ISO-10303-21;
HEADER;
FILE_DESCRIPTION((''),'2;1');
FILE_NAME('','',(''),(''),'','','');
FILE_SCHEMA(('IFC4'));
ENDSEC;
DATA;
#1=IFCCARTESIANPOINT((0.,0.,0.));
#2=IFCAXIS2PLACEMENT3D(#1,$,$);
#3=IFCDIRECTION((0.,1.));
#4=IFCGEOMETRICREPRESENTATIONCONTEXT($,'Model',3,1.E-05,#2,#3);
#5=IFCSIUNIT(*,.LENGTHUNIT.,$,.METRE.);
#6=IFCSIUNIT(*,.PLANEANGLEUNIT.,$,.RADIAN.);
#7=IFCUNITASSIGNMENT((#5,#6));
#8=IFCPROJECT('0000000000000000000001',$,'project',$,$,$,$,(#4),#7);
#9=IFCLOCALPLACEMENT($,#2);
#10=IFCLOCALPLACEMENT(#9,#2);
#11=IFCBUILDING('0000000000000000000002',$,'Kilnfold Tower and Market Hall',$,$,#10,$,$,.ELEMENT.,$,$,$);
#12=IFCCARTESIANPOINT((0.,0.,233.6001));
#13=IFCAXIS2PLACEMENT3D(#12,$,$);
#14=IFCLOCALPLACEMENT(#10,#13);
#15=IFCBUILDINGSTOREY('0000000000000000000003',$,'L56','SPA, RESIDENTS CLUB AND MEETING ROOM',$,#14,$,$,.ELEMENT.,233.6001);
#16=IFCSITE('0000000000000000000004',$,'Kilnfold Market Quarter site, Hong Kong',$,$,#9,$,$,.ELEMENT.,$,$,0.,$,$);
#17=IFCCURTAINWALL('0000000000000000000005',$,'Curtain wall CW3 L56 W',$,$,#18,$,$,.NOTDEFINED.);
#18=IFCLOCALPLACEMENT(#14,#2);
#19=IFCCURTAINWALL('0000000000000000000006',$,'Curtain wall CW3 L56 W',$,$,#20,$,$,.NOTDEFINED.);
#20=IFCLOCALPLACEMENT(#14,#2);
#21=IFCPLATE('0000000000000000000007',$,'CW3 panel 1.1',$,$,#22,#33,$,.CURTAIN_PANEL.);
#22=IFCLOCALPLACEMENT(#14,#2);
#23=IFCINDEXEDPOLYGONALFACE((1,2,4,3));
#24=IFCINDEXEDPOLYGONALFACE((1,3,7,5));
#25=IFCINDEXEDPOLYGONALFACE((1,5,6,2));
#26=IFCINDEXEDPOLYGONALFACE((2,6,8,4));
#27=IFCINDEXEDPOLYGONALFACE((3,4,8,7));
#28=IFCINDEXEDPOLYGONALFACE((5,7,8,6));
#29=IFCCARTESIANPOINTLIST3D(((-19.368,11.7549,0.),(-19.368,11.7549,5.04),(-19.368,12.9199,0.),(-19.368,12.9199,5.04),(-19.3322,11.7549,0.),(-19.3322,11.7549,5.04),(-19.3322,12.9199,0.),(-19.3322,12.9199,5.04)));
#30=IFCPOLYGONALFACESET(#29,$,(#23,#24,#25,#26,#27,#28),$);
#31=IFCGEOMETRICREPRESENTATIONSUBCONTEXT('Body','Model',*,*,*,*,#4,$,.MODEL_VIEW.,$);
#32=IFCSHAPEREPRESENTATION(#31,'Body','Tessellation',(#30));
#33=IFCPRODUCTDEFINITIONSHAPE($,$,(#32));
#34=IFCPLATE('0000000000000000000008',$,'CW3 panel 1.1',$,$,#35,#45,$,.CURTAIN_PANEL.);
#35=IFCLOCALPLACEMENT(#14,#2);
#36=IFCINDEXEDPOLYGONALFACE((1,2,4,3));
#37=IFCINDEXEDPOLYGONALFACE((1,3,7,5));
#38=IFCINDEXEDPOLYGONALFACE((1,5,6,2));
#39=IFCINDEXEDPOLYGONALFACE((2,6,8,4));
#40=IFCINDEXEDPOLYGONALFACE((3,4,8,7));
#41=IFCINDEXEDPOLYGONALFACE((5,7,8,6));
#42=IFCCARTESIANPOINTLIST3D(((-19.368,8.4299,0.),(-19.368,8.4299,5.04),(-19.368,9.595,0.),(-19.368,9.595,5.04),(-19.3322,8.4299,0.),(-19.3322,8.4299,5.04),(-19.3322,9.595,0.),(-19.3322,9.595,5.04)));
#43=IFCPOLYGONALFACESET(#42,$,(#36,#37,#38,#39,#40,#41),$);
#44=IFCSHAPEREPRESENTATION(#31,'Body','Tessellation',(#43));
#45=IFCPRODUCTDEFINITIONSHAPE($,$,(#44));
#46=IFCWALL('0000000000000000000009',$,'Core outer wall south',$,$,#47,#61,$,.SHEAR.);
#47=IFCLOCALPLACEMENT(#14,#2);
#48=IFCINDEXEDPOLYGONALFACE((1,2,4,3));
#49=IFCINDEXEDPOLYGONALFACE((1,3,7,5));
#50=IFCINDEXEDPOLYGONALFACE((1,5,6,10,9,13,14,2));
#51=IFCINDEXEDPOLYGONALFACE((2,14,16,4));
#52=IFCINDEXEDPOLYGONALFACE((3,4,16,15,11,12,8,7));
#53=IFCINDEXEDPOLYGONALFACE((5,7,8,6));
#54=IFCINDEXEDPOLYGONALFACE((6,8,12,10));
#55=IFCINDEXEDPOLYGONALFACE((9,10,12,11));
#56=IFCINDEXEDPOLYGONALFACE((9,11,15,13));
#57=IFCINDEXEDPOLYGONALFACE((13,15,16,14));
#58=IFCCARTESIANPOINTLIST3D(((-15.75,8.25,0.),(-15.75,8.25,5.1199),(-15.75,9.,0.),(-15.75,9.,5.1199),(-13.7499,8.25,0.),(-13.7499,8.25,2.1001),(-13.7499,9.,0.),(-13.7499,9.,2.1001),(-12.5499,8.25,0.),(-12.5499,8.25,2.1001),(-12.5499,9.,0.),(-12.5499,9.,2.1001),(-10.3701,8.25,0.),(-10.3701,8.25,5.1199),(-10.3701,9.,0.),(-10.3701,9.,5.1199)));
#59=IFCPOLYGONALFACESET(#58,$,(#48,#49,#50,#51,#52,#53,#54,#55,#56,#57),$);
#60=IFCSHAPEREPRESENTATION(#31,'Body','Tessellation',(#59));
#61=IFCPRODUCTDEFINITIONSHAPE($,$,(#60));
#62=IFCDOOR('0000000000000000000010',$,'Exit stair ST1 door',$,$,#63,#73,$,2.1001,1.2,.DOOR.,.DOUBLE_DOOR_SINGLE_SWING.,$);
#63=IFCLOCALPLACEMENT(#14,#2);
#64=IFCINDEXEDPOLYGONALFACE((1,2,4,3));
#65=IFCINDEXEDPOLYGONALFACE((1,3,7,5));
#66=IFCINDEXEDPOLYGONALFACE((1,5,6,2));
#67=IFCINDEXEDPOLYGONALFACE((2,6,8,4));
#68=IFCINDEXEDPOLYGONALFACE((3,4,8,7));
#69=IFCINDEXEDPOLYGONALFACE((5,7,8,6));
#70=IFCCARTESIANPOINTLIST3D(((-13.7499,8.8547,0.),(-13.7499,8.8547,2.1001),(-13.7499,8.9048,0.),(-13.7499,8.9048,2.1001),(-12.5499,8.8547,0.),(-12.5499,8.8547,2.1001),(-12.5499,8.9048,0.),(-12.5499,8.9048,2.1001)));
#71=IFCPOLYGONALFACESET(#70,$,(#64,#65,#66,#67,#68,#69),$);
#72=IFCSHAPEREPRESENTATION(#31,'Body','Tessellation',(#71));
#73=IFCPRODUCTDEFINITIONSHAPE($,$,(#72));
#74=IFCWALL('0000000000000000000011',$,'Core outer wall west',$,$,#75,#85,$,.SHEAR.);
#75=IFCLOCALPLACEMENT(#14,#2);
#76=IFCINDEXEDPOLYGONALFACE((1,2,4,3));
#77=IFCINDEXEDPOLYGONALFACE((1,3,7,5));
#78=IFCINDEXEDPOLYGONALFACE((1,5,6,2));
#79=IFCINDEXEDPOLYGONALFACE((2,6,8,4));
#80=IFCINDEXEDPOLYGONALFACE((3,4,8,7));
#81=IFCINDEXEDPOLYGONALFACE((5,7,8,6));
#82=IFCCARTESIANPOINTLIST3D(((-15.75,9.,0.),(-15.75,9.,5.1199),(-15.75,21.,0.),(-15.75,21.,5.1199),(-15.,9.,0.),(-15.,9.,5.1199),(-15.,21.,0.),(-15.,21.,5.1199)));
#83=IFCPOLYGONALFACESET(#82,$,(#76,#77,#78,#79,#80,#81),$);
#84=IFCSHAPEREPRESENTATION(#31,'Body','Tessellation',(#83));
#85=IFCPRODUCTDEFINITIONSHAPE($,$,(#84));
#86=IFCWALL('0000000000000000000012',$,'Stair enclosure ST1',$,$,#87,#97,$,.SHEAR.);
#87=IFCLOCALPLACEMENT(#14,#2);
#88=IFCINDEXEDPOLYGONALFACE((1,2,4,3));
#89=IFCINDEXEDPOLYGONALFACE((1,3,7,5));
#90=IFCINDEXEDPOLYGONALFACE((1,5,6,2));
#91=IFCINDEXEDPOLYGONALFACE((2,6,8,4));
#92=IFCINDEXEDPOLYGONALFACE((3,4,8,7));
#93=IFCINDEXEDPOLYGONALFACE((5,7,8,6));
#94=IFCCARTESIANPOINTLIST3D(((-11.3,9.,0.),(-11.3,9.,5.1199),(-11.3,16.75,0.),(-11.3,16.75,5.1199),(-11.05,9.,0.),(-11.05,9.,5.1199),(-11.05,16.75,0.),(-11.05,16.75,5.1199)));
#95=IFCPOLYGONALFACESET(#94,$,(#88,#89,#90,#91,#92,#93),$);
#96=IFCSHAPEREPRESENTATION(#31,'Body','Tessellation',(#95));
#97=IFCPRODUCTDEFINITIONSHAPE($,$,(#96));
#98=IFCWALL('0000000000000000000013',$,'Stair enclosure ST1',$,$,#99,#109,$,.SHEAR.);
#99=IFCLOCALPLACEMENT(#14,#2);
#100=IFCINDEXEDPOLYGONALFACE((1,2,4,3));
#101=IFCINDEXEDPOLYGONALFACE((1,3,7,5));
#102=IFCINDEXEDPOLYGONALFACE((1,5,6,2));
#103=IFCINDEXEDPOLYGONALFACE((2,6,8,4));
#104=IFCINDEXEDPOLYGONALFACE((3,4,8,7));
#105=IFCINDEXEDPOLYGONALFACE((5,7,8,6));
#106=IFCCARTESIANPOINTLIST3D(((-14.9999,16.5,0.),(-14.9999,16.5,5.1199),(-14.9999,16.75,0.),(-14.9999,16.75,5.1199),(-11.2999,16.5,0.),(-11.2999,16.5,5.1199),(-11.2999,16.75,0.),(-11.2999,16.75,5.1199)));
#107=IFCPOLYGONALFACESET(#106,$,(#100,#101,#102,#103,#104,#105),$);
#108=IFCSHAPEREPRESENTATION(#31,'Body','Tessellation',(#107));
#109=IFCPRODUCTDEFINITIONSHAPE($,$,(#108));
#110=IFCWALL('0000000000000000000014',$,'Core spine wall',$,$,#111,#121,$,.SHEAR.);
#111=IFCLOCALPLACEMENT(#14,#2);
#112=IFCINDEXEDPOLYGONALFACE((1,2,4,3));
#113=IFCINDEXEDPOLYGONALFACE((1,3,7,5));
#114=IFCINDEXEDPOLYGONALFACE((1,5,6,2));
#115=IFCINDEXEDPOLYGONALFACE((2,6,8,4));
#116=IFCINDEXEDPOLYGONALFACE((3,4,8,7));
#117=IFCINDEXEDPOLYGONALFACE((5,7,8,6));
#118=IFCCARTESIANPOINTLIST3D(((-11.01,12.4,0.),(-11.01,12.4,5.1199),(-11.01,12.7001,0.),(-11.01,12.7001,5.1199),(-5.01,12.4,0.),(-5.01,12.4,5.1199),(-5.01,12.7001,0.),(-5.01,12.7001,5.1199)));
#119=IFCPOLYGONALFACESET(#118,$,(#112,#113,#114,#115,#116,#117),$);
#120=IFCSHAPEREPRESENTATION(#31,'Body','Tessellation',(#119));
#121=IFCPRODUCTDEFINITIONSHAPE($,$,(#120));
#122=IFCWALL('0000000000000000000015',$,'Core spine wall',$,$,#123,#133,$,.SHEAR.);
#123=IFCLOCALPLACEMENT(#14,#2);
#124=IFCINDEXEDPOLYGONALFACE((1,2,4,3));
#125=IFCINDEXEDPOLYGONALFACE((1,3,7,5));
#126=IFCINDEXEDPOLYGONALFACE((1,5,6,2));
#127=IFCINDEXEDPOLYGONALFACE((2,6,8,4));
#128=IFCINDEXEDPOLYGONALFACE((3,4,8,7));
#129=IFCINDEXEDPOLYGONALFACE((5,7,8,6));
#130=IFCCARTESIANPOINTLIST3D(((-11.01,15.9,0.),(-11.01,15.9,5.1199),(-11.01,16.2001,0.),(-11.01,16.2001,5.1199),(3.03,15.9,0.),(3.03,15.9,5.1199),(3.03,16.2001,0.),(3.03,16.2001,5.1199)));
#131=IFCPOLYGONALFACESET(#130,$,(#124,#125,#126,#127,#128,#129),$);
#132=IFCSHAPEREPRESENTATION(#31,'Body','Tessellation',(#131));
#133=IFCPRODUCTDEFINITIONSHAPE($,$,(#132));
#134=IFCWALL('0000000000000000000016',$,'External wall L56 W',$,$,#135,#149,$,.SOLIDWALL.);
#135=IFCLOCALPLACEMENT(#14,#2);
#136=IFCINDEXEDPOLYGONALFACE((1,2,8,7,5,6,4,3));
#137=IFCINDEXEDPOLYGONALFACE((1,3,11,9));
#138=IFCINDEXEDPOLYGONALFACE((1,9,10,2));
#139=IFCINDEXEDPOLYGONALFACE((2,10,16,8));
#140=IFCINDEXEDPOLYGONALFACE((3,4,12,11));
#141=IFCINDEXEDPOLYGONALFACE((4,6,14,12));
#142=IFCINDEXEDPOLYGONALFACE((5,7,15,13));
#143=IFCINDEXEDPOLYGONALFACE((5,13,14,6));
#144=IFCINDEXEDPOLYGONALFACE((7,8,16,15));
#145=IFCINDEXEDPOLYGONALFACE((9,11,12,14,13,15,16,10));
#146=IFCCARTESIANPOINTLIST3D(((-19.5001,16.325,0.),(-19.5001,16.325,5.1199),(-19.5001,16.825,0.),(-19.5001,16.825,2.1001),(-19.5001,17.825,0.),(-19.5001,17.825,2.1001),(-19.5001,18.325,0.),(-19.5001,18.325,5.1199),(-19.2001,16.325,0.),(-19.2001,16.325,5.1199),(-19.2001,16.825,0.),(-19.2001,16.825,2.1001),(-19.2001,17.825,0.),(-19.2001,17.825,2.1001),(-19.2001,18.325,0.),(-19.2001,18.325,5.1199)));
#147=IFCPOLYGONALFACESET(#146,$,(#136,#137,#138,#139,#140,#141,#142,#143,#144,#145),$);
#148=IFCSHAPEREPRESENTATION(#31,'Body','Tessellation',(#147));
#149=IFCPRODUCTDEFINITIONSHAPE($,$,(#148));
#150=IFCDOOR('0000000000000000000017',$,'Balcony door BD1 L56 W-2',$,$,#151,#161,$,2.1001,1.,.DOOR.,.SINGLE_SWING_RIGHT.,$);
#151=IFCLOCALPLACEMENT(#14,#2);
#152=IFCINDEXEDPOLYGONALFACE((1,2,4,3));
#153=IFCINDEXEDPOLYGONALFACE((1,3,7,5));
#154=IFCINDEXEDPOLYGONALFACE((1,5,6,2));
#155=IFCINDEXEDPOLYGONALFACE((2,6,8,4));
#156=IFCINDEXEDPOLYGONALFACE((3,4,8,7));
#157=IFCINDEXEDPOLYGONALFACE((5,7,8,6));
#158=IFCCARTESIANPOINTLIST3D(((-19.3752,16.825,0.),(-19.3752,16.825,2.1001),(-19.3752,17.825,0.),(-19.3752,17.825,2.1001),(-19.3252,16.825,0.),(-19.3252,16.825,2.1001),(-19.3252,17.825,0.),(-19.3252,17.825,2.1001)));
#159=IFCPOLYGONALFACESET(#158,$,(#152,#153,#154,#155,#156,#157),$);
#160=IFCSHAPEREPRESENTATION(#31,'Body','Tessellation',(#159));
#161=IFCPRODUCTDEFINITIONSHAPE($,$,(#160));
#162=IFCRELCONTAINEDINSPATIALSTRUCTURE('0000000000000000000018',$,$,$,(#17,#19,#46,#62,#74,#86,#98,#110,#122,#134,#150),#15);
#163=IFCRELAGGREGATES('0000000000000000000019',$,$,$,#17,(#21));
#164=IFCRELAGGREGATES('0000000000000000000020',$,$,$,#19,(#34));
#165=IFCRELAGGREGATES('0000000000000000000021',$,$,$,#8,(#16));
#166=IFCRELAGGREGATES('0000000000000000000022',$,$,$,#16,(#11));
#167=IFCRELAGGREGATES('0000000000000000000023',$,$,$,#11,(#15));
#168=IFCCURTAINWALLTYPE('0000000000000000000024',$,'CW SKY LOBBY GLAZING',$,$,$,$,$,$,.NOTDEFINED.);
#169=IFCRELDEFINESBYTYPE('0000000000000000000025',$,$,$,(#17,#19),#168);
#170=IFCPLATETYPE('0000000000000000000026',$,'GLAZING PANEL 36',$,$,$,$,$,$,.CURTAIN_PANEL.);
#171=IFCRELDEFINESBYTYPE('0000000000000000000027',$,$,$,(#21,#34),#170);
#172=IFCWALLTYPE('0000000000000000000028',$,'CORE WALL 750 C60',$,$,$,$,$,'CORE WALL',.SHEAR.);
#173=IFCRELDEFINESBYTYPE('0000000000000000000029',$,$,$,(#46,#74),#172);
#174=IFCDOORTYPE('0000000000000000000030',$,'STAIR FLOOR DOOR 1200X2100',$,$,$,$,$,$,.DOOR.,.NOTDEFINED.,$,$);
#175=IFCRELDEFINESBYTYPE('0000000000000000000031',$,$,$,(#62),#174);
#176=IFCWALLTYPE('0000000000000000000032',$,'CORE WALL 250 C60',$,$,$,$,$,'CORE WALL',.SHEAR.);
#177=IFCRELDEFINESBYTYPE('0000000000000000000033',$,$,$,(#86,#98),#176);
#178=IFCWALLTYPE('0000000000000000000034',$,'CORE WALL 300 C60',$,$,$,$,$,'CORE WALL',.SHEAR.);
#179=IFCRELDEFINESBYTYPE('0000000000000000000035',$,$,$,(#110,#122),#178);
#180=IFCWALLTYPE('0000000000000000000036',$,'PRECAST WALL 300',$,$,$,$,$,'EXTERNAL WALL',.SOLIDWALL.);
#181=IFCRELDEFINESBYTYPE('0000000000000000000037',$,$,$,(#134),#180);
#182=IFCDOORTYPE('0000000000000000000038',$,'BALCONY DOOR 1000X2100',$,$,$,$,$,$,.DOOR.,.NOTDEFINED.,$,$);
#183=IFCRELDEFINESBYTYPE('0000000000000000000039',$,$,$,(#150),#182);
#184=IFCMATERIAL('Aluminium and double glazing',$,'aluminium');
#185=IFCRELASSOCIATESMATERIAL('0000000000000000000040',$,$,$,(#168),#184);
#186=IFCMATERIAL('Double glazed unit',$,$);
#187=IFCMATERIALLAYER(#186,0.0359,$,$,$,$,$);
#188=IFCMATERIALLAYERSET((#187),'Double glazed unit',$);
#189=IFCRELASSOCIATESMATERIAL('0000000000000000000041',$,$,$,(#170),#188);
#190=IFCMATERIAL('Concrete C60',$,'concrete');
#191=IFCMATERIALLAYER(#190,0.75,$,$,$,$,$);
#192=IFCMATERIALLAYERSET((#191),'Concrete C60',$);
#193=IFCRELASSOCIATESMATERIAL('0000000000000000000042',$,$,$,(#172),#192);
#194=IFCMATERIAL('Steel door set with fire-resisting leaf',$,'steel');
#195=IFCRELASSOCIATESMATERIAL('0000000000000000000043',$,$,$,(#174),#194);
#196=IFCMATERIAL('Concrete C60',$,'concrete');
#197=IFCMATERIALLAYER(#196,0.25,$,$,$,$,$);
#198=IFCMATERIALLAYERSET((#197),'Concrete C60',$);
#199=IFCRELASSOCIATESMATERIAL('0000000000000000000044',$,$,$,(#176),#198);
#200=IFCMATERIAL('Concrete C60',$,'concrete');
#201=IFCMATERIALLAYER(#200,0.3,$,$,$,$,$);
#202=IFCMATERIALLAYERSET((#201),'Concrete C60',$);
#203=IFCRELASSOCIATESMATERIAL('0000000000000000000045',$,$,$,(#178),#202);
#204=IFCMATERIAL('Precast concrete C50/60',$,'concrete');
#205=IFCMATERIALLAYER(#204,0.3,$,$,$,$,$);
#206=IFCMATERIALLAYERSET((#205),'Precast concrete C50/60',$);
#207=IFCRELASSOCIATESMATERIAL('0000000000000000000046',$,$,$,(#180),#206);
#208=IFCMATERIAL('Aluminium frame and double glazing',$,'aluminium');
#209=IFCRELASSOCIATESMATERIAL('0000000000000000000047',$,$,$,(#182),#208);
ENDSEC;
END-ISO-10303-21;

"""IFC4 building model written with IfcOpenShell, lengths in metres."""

from ifc_helpers import new_model, si_unit, direction, frame, frame_2d, origin, origin_2d, place, context, subcontext, project, spatial, rectangle, extrude, source, transform, mapped, material, layer, layer_set, type_object, element, fill, aggregate, save


model = new_model("IFC4")

# Units and contexts
model_context = context("Model", 3, precision=1e-05, world=origin(), true_north=direction((0.0, 1.0)))
body_context = subcontext(model_context, "Body", "Model", "MODEL_VIEW")
ifc_project = project(units=[si_unit("LENGTHUNIT", "METRE"), si_unit("PLANEANGLEUNIT", "RADIAN")], contexts=[model_context])

# Site, building, storey
site_placement = place(None, origin())
site = spatial("IfcSite", under=ifc_project, at=site_placement, Name="Kilnfold Market Quarter site, Hong Kong", CompositionType="ELEMENT", RefElevation=0.0)
building_placement = place(site_placement, origin())
building = spatial("IfcBuilding", under=site, at=building_placement, Name="Kilnfold Tower and Market Hall", CompositionType="ELEMENT")
storey_placement = place(building_placement, frame((0.0, 0.0, 233.6001)))
storey = spatial("IfcBuildingStorey", under=building, at=storey_placement, Name="L56", Description="SPA, RESIDENTS CLUB AND MEETING ROOM", CompositionType="ELEMENT", Elevation=233.6001)

# Shared definitions
ifc_material_1 = material(Name="Aluminium and double glazing", Category="aluminium")
curtain_wall_type = type_object("IfcCurtainWallType", Name="CW SKY LOBBY GLAZING", PredefinedType="NOTDEFINED", material=ifc_material_1)

# Curtain walls
curtain_wall_1_placement = place(storey_placement, origin())
curtain_wall_1 = element("IfcCurtainWall", 1, at=curtain_wall_1_placement, inside=storey, type_object=curtain_wall_type, Name="Curtain wall CW3 L56 W", PredefinedType="NOTDEFINED")
curtain_wall_2_placement = place(storey_placement, origin())
curtain_wall_2 = element("IfcCurtainWall", 2, at=curtain_wall_2_placement, inside=storey, type_object=curtain_wall_type, Name="Curtain wall CW3 L56 W", PredefinedType="NOTDEFINED")

# Plates
ifc_material_2 = material(Name="Double glazed unit")
ifc_layer_1 = layer(ifc_material_2, 0.0359)
ifc_layer_set_1 = layer_set([ifc_layer_1], Name="Double glazed unit")
plate_type = type_object("IfcPlateType", Name="GLAZING PANEL 36", PredefinedType="CURTAIN_PANEL", material=ifc_layer_set_1)
shared_shape_1 = source(origin(), body_context, "Body", "SweptSolid", [
    extrude(rectangle(XDim=1.165, YDim=0.0359, at=origin_2d()), origin(), (0.0, 0.0, 1.0), 5.04),
])
plate_1_placement = place(storey_placement, frame((-19.3501, 12.3374, 0.0), z_axis=(0.0, 0.0, 1.0), x_axis=(0.0, -1.0, 0.0)))
plate_1 = element("IfcPlate", 3, at=plate_1_placement, type_object=plate_type, Name="CW3 panel 1.1", PredefinedType="CURTAIN_PANEL", context=body_context, shape_type="MappedRepresentation", body=[
    mapped(shared_shape_1, transform((0.0, 0.0, 0.0))),
])
aggregate(curtain_wall_1, [plate_1])
plate_2_placement = place(storey_placement, frame((-19.3501, 9.0125, 0.0), z_axis=(0.0, 0.0, 1.0), x_axis=(0.0, -1.0, 0.0)))
plate_2 = element("IfcPlate", 4, at=plate_2_placement, type_object=plate_type, Name="CW3 panel 1.1", PredefinedType="CURTAIN_PANEL", context=body_context, shape_type="MappedRepresentation", body=[
    mapped(shared_shape_1, transform((0.0, 0.0, 0.0))),
])
aggregate(curtain_wall_2, [plate_2])

# Wall, opening, door
ifc_material_3 = material(Name="Concrete C60", Category="concrete")
ifc_layer_2 = layer(ifc_material_3, 0.75)
ifc_layer_set_2 = layer_set([ifc_layer_2], Name="Concrete C60")
wall_type_1 = type_object("IfcWallType", Name="CORE WALL 750 C60", ElementType="CORE WALL", PredefinedType="SHEAR", material=ifc_layer_set_2)
shared_shape_2 = source(origin(), body_context, "Body", "SweptSolid", [
    extrude(rectangle(XDim=5.3799, YDim=0.75, at=frame_2d((2.6899, 0.0))), origin(), (0.0, 0.0, 1.0), 5.1199),
])
wall_1_placement = place(storey_placement, frame((-15.75, 8.625, 0.0), z_axis=(0.0, 0.0, 1.0), x_axis=(1.0, 0.0, 0.0)))
wall_1 = element("IfcWall", 5, at=wall_1_placement, inside=storey, type_object=wall_type_1, Name="Core outer wall south", PredefinedType="SHEAR", context=body_context, shape_type="MappedRepresentation", body=[
    mapped(shared_shape_2, transform((0.0, 0.0, 0.0))),
])
opening_1_placement = place(wall_1_placement, frame((2.0, 0.0, 0.0)))
opening_1 = element("IfcOpeningElement", 6, at=opening_1_placement, cuts=wall_1, PredefinedType="OPENING", context=body_context, shape_type="SweptSolid", body=[
    extrude(rectangle(XDim=1.2, YDim=2.1001, at=frame_2d((0.6001, 1.05))), frame((0.0, 0.385, 0.0), z_axis=(0.0, -1.0, 0.0), x_axis=(1.0, 0.0, 0.0)), (0.0, 0.0, 1.0), 0.77),
])
ifc_material_4 = material(Name="Steel door set with fire-resisting leaf", Category="steel")
door_type_1 = type_object("IfcDoorType", Name="STAIR FLOOR DOOR 1200X2100", OperationType="NOTDEFINED", PredefinedType="DOOR", material=ifc_material_4)
door_1_placement = place(opening_1_placement, origin())
door_1 = element("IfcDoor", 7, at=door_1_placement, inside=storey, type_object=door_type_1, Name="Exit stair ST1 door", OperationType="DOUBLE_DOOR_SINGLE_SWING", OverallHeight=2.1001, OverallWidth=1.2, PredefinedType="DOOR", context=body_context, shape_type="SweptSolid", body=[
    extrude(rectangle(XDim=1.2, YDim=2.1001, at=frame_2d((0.6001, 1.05))), frame((0.0, 0.2798, 0.0), z_axis=(0.0, -1.0, 0.0), x_axis=(1.0, 0.0, 0.0)), (0.0, 0.0, 1.0), 0.05),
])
fill(opening_1, door_1)

# Walls
shared_shape_3 = source(origin(), body_context, "Body", "SweptSolid", [
    extrude(rectangle(XDim=12.0, YDim=0.75, at=frame_2d((6.0, 0.0))), origin(), (0.0, 0.0, 1.0), 5.1199),
])
wall_2_placement = place(storey_placement, frame((-15.375, 9.0, 0.0), z_axis=(0.0, 0.0, 1.0), x_axis=(0.0, 1.0, 0.0)))
element("IfcWall", 8, at=wall_2_placement, inside=storey, type_object=wall_type_1, Name="Core outer wall west", PredefinedType="SHEAR", context=body_context, shape_type="MappedRepresentation", body=[
    mapped(shared_shape_3, transform((0.0, 0.0, 0.0))),
])
ifc_material_5 = material(Name="Concrete C60", Category="concrete")
ifc_layer_3 = layer(ifc_material_5, 0.25)
ifc_layer_set_3 = layer_set([ifc_layer_3], Name="Concrete C60")
wall_type_2 = type_object("IfcWallType", Name="CORE WALL 250 C60", ElementType="CORE WALL", PredefinedType="SHEAR", material=ifc_layer_set_3)
shared_shape_4 = source(origin(), body_context, "Body", "SweptSolid", [
    extrude(rectangle(XDim=7.75, YDim=0.25, at=frame_2d((3.875, 0.0))), origin(), (0.0, 0.0, 1.0), 5.1199),
])
wall_3_placement = place(storey_placement, frame((-11.175, 9.0, 0.0), z_axis=(0.0, 0.0, 1.0), x_axis=(0.0, 1.0, 0.0)))
element("IfcWall", 9, at=wall_3_placement, inside=storey, type_object=wall_type_2, Name="Stair enclosure ST1", PredefinedType="SHEAR", context=body_context, shape_type="MappedRepresentation", body=[
    mapped(shared_shape_4, transform((0.0, 0.0, 0.0))),
])
shared_shape_5 = source(origin(), body_context, "Body", "SweptSolid", [
    extrude(rectangle(XDim=3.7, YDim=0.25, at=frame_2d((1.8501, 0.0))), origin(), (0.0, 0.0, 1.0), 5.1199),
])
wall_4_placement = place(storey_placement, frame((-15.0, 16.625, 0.0), z_axis=(0.0, 0.0, 1.0), x_axis=(1.0, 0.0, 0.0)))
element("IfcWall", 10, at=wall_4_placement, inside=storey, type_object=wall_type_2, Name="Stair enclosure ST1", PredefinedType="SHEAR", context=body_context, shape_type="MappedRepresentation", body=[
    mapped(shared_shape_5, transform((0.0, 0.0, 0.0))),
])
ifc_material_6 = material(Name="Concrete C60", Category="concrete")
ifc_layer_4 = layer(ifc_material_6, 0.3)
ifc_layer_set_4 = layer_set([ifc_layer_4], Name="Concrete C60")
wall_type_3 = type_object("IfcWallType", Name="CORE WALL 300 C60", ElementType="CORE WALL", PredefinedType="SHEAR", material=ifc_layer_set_4)
shared_shape_6 = source(origin(), body_context, "Body", "SweptSolid", [
    extrude(rectangle(XDim=6.0, YDim=0.3, at=frame_2d((3.0, 0.0))), origin(), (0.0, 0.0, 1.0), 5.1199),
])
wall_5_placement = place(storey_placement, frame((-11.01, 12.55, 0.0), z_axis=(0.0, 0.0, 1.0), x_axis=(1.0, 0.0, 0.0)))
element("IfcWall", 11, at=wall_5_placement, inside=storey, type_object=wall_type_3, Name="Core spine wall", PredefinedType="SHEAR", context=body_context, shape_type="MappedRepresentation", body=[
    mapped(shared_shape_6, transform((0.0, 0.0, 0.0))),
])
shared_shape_7 = source(origin(), body_context, "Body", "SweptSolid", [
    extrude(rectangle(XDim=14.04, YDim=0.3, at=frame_2d((7.02, 0.0))), origin(), (0.0, 0.0, 1.0), 5.1199),
])
wall_6_placement = place(storey_placement, frame((-11.01, 16.05, 0.0), z_axis=(0.0, 0.0, 1.0), x_axis=(1.0, 0.0, 0.0)))
element("IfcWall", 12, at=wall_6_placement, inside=storey, type_object=wall_type_3, Name="Core spine wall", PredefinedType="SHEAR", context=body_context, shape_type="MappedRepresentation", body=[
    mapped(shared_shape_7, transform((0.0, 0.0, 0.0))),
])

# Wall, opening, door
ifc_material_7 = material(Name="Precast concrete C50/60", Category="concrete")
ifc_layer_5 = layer(ifc_material_7, 0.3)
ifc_layer_set_5 = layer_set([ifc_layer_5], Name="Precast concrete C50/60")
wall_type_4 = type_object("IfcWallType", Name="PRECAST WALL 300", ElementType="EXTERNAL WALL", PredefinedType="SOLIDWALL", material=ifc_layer_set_5)
shared_shape_8 = source(origin(), body_context, "Body", "SweptSolid", [
    extrude(rectangle(XDim=2.0, YDim=0.3, at=frame_2d((1.0, 0.0))), origin(), (0.0, 0.0, 1.0), 5.1199),
])
wall_7_placement = place(storey_placement, frame((-19.3501, 18.325, 0.0), z_axis=(0.0, 0.0, 1.0), x_axis=(0.0, -1.0, 0.0)))
wall_7 = element("IfcWall", 13, at=wall_7_placement, inside=storey, type_object=wall_type_4, Name="External wall L56 W", PredefinedType="SOLIDWALL", context=body_context, shape_type="MappedRepresentation", body=[
    mapped(shared_shape_8, transform((0.0, 0.0, 0.0))),
])
opening_2_placement = place(wall_7_placement, frame((0.5, 0.0, 0.0)))
opening_2 = element("IfcOpeningElement", 14, at=opening_2_placement, cuts=wall_7, PredefinedType="OPENING", context=body_context, shape_type="SweptSolid", body=[
    extrude(rectangle(XDim=1.0, YDim=2.1001, at=frame_2d((0.5, 1.05))), frame((0.0, 0.1602, 0.0), z_axis=(0.0, -1.0, 0.0), x_axis=(1.0, 0.0, 0.0)), (0.0, 0.0, 1.0), 0.3201),
])
ifc_material_8 = material(Name="Aluminium frame and double glazing", Category="aluminium")
door_type_2 = type_object("IfcDoorType", Name="BALCONY DOOR 1000X2100", OperationType="NOTDEFINED", PredefinedType="DOOR", material=ifc_material_8)
door_2_placement = place(opening_2_placement, origin())
door_2 = element("IfcDoor", 15, at=door_2_placement, inside=storey, type_object=door_type_2, Name="Balcony door BD1 L56 W-2", OperationType="SINGLE_SWING_RIGHT", OverallHeight=2.1001, OverallWidth=1.0, PredefinedType="DOOR", context=body_context, shape_type="SweptSolid", body=[
    extrude(rectangle(XDim=1.0, YDim=2.1001, at=frame_2d((0.5, 1.05))), frame((0.0, 0.0249, 0.0), z_axis=(0.0, -1.0, 0.0), x_axis=(1.0, 0.0, 0.0)), (0.0, 0.0, 1.0), 0.05),
])
fill(opening_2, door_2)

save(model, "model.ifc")
